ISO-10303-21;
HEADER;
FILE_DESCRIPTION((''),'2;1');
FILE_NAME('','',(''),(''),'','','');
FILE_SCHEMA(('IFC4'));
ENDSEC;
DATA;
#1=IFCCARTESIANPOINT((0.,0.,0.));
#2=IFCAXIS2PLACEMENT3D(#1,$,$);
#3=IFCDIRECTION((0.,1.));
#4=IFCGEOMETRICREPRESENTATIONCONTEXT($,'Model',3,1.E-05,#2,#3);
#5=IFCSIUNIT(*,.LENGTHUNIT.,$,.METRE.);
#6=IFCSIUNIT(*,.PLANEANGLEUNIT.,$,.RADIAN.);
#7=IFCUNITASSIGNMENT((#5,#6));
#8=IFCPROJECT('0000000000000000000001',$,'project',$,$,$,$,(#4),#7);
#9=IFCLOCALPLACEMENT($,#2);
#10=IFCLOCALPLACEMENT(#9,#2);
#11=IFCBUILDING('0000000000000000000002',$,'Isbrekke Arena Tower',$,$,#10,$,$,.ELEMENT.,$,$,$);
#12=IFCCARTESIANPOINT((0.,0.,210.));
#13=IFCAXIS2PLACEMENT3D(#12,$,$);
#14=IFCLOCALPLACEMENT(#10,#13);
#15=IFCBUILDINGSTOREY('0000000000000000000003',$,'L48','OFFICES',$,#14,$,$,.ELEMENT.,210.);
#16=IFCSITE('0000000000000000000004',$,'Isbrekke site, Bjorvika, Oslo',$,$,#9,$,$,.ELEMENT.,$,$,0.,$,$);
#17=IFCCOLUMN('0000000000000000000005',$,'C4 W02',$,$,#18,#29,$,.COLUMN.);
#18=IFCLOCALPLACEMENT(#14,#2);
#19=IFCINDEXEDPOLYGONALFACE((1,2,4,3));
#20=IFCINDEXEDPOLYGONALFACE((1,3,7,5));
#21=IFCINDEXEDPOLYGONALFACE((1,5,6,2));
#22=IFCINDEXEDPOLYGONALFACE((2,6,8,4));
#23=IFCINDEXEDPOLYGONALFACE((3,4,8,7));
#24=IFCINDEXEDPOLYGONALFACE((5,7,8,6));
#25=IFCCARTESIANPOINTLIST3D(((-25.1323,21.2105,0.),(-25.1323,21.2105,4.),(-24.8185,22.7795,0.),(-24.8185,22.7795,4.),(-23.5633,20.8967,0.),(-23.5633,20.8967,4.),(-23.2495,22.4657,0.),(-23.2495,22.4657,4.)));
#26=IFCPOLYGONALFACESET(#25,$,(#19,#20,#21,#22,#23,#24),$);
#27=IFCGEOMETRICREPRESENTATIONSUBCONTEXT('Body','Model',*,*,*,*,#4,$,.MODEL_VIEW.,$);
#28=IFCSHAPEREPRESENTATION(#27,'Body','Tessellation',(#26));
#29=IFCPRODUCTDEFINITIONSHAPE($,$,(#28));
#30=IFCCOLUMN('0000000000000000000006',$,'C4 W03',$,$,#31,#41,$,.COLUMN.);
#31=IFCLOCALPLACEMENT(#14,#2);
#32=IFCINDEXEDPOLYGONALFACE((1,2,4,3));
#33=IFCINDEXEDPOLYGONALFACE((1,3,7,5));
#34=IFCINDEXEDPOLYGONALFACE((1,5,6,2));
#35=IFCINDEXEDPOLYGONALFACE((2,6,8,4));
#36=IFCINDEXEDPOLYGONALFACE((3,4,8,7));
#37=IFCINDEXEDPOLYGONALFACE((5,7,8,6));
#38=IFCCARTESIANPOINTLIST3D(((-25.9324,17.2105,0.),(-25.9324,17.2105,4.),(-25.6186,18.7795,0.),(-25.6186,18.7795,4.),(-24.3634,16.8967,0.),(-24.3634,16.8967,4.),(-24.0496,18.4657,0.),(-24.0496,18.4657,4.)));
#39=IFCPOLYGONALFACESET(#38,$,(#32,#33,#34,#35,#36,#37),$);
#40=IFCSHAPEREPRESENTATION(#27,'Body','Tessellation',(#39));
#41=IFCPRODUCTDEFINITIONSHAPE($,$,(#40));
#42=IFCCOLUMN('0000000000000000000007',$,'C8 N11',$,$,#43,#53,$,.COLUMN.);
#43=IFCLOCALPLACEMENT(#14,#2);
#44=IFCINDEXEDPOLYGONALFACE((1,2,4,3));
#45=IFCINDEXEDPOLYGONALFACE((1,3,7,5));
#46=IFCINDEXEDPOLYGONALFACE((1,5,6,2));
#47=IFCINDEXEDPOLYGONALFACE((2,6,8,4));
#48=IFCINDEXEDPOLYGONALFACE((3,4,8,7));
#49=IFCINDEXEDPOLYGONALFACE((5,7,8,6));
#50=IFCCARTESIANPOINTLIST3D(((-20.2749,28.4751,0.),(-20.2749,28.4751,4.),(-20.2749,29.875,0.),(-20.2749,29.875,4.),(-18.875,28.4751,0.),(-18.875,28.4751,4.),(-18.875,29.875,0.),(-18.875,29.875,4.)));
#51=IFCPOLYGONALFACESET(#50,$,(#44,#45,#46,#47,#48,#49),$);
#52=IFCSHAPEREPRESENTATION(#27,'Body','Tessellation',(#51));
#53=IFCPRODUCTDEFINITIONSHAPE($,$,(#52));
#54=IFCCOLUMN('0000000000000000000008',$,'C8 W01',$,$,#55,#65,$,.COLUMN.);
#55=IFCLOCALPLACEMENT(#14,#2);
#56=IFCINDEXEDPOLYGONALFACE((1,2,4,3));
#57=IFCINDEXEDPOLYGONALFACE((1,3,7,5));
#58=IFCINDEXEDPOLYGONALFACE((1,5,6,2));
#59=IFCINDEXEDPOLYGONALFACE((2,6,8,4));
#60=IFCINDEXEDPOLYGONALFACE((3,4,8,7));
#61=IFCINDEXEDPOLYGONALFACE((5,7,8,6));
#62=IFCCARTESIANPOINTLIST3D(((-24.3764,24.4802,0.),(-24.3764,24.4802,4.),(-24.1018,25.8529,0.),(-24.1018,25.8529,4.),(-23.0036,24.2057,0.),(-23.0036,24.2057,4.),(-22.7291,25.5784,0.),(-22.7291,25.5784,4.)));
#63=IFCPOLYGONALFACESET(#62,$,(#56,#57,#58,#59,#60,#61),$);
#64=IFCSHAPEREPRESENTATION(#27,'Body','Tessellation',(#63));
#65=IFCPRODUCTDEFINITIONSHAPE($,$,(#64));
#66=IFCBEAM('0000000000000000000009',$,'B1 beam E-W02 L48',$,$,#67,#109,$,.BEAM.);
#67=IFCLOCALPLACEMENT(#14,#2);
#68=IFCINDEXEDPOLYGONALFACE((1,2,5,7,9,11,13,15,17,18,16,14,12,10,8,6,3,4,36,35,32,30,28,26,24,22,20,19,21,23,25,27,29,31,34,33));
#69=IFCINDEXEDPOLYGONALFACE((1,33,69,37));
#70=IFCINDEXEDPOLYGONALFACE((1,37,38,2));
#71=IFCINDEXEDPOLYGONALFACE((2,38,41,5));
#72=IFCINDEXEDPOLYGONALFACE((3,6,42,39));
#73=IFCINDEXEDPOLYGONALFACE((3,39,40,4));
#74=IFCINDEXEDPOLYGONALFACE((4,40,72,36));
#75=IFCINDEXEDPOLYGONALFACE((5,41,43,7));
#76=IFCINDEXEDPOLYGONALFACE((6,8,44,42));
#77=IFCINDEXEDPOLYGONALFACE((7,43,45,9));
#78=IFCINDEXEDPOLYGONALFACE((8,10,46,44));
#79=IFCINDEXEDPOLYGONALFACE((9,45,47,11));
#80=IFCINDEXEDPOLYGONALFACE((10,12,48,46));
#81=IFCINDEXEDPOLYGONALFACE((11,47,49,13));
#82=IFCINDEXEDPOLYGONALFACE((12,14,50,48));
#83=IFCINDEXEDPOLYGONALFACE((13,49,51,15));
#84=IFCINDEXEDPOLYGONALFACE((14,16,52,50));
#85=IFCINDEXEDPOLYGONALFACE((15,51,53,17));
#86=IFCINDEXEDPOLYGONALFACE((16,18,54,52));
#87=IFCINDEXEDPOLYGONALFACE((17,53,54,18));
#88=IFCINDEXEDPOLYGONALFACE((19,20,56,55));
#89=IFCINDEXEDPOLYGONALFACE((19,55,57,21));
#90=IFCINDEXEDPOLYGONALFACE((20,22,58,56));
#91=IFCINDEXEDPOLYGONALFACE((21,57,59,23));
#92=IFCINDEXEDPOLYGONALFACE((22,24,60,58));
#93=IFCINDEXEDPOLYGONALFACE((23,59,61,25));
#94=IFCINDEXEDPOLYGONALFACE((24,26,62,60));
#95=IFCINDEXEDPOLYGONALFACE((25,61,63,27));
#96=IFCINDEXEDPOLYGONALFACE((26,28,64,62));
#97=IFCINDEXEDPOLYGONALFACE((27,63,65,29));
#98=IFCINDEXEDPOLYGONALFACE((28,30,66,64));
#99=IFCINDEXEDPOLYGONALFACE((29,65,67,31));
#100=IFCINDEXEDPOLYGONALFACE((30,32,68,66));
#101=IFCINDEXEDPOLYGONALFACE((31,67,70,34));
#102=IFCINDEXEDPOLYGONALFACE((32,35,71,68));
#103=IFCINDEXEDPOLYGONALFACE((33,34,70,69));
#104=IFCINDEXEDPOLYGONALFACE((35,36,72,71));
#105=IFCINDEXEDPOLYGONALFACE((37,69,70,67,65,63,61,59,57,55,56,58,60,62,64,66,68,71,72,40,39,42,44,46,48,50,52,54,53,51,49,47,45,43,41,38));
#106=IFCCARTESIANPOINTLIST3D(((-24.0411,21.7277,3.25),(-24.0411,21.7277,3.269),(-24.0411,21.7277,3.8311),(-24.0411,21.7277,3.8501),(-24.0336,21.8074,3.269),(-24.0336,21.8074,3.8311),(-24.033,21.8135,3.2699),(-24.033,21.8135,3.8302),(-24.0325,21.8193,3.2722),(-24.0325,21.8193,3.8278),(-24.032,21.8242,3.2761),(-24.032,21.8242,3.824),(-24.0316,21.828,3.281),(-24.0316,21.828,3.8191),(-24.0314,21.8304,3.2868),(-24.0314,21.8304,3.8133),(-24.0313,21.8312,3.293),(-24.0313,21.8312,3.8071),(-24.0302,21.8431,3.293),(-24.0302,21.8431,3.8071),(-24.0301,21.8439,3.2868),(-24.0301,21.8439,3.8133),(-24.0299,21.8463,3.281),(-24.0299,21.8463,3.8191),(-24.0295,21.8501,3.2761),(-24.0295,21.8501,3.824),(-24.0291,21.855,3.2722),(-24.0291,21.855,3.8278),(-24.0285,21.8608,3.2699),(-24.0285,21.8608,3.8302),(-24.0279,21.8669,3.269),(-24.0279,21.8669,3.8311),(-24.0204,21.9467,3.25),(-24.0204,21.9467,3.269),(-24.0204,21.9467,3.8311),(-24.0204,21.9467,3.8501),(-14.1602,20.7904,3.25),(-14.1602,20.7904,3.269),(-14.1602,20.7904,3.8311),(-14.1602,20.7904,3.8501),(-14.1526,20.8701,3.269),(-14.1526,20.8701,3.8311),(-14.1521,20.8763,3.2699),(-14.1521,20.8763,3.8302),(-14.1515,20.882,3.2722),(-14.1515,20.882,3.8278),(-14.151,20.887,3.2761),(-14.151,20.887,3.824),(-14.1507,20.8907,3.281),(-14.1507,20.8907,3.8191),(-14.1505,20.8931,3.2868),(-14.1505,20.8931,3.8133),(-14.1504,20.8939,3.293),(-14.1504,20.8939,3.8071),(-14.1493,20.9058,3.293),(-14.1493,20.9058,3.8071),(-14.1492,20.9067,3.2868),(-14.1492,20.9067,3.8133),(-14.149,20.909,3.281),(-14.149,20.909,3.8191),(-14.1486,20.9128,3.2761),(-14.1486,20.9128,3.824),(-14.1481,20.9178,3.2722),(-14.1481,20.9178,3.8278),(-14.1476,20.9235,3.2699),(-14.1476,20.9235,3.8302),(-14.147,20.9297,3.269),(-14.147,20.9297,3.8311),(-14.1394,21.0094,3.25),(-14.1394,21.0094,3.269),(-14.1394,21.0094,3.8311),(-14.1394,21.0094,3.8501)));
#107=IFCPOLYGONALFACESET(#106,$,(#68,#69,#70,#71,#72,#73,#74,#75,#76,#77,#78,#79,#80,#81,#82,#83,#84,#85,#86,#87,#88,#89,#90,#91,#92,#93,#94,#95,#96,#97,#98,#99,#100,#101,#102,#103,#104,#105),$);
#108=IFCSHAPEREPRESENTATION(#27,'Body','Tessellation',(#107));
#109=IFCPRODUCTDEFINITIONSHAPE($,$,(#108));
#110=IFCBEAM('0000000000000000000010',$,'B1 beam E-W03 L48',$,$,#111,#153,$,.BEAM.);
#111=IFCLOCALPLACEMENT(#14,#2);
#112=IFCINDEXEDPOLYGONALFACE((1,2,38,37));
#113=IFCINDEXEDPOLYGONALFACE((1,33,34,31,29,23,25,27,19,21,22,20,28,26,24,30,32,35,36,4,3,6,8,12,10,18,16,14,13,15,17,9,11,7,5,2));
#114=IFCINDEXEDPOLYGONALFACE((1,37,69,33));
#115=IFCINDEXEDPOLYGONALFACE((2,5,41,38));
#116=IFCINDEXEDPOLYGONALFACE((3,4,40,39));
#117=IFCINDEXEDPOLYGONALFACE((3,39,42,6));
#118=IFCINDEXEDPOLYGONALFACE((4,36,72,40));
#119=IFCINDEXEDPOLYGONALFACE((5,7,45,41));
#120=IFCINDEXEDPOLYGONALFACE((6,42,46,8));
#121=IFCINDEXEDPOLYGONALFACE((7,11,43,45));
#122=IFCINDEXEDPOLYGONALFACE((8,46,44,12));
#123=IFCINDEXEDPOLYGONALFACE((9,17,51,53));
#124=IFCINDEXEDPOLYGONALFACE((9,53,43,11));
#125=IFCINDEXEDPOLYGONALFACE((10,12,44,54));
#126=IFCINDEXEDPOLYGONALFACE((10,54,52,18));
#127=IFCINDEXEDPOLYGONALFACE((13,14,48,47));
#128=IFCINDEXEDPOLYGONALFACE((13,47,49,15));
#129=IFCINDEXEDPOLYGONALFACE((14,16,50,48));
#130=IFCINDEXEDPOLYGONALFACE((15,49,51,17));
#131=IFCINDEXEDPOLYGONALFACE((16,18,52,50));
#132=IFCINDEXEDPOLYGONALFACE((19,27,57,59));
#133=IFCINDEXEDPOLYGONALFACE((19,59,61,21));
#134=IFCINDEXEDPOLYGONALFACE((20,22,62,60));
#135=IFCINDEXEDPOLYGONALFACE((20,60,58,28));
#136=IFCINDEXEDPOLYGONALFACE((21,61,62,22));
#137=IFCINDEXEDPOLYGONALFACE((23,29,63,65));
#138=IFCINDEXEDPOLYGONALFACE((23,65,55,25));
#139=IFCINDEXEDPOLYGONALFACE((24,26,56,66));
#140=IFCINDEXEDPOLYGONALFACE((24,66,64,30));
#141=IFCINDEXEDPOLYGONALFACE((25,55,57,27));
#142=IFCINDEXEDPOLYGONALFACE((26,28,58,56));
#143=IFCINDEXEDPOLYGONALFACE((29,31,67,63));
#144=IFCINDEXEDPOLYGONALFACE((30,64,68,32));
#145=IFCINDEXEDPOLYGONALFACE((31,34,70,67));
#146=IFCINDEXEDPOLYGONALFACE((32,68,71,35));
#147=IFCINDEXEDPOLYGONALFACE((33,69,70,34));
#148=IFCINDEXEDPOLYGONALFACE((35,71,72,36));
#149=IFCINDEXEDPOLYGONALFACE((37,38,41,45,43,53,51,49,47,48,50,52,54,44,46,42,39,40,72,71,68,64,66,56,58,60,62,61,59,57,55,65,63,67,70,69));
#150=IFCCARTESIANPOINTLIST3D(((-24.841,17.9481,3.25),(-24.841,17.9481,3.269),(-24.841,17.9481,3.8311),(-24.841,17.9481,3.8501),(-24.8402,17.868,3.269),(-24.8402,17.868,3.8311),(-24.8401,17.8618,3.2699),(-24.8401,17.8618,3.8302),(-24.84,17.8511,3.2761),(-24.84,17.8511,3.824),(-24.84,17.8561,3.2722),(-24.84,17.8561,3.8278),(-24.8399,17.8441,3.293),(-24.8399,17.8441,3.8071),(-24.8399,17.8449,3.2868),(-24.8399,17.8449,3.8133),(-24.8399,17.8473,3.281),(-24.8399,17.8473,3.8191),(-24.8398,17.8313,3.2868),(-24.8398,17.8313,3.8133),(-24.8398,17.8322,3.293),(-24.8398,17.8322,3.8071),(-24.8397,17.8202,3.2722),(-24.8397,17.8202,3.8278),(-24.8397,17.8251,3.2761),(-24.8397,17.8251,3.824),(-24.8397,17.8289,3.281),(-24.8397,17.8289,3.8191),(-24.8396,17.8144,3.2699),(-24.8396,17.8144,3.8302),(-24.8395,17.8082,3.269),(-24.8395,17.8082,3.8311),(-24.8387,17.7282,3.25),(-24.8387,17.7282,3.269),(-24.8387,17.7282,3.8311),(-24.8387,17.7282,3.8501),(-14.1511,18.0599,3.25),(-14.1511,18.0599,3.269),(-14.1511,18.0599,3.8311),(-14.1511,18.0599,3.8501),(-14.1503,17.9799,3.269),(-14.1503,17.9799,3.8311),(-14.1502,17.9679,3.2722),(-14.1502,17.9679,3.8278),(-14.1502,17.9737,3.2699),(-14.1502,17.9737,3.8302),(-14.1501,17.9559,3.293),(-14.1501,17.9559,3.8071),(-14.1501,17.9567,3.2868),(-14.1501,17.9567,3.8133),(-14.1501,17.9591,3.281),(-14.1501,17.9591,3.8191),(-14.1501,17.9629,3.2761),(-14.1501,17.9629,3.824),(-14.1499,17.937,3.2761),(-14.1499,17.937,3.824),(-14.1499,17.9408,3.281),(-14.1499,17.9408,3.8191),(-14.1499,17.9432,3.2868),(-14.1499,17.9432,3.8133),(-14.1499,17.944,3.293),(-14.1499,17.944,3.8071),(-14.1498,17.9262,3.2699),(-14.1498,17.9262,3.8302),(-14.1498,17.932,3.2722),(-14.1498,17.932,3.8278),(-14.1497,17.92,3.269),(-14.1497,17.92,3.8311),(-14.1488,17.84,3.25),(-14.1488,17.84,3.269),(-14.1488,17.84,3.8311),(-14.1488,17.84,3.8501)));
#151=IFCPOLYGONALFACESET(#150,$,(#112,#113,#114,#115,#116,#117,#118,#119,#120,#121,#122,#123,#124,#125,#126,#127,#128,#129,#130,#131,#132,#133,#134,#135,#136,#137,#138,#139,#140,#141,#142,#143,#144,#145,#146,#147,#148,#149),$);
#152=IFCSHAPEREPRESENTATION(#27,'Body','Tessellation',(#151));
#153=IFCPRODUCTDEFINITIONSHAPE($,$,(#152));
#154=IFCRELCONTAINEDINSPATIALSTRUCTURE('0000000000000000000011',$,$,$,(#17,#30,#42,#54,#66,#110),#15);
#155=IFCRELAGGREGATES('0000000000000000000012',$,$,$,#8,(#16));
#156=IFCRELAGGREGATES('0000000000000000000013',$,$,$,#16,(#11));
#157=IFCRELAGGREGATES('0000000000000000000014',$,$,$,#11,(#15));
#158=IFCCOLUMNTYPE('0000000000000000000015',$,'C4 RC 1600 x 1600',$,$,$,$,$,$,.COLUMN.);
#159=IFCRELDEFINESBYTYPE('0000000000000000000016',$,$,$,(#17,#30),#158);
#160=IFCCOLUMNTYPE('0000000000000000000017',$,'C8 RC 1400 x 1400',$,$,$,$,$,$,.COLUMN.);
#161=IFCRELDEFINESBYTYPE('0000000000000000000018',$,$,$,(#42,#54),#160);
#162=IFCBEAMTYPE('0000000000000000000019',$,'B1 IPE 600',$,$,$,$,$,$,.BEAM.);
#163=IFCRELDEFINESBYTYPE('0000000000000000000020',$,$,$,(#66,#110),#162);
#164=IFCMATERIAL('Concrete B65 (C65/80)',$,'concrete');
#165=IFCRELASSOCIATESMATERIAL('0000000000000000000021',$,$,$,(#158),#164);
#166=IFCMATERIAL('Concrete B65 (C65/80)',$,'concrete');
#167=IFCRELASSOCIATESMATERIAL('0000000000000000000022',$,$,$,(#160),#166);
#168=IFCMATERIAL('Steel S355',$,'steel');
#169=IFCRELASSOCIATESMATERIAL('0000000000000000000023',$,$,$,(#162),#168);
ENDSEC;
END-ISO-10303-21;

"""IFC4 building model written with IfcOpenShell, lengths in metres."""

from ifc_helpers import new_model, si_unit, direction, frame, origin, origin_2d, place, context, subcontext, project, spatial, rectangle, i_section, extrude, material, material_profile, profile_set, type_object, element, save


model = new_model("IFC4")

# Units and contexts
model_context = context("Model", 3, precision=1e-05, world=origin(), true_north=direction((0.0, 1.0)))
body_context = subcontext(model_context, "Body", "Model", "MODEL_VIEW")
ifc_project = project(units=[si_unit("LENGTHUNIT", "METRE"), si_unit("PLANEANGLEUNIT", "RADIAN")], contexts=[model_context])

# Site, building, storey
site_placement = place(None, origin())
site = spatial("IfcSite", under=ifc_project, at=site_placement, Name="Isbrekke site, Bjorvika, Oslo", CompositionType="ELEMENT", RefElevation=0.0)
building_placement = place(site_placement, origin())
building = spatial("IfcBuilding", under=site, at=building_placement, Name="Isbrekke Arena Tower", CompositionType="ELEMENT")
storey_placement = place(building_placement, frame((0.0, 0.0, 210.0)))
storey = spatial("IfcBuildingStorey", under=building, at=storey_placement, Name="L48", Description="OFFICES", CompositionType="ELEMENT", Elevation=210.0)

# Columns
ifc_material_1 = material(Name="Concrete B65 (C65/80)", Category="concrete")
ifc_material_profile_1 = material_profile(ifc_material_1, rectangle(XDim=1.6001, YDim=1.6001, at=origin_2d()), Name="RC 1600x1600")
ifc_profile_set_1 = profile_set([ifc_material_profile_1], Name="Concrete B65 (C65/80)")
column_type_1 = type_object("IfcColumnType", Name="C4 RC 1600 x 1600", PredefinedType="COLUMN", material=ifc_profile_set_1)
for number, where, z_axis, x_axis, name in (
    (1, (-24.1909, 21.8381, 0.0), (0.0, 0.0, 1.0), (-0.196116, -0.980581, 0.0), "C4 W02"),
    (2, (-24.991, 17.8381, 0.0), (0.0, 0.0, 1.0), (-0.196116, -0.980581, 0.0), "C4 W03"),
):
    element("IfcColumn", number, at=place(storey_placement, frame(where, z_axis=z_axis, x_axis=x_axis)), inside=storey, type_object=column_type_1, Name=name, PredefinedType="COLUMN", context=body_context, shape_type="SweptSolid", body=[
        extrude(rectangle(XDim=1.6001, YDim=1.6001, at=origin_2d()), origin(), (0.0, 0.0, 1.0), 4.0),
    ])
ifc_material_2 = material(Name="Concrete B65 (C65/80)", Category="concrete")
ifc_material_profile_2 = material_profile(ifc_material_2, rectangle(XDim=1.3999, YDim=1.3999, at=origin_2d()), Name="RC 1400x1400")
ifc_profile_set_2 = profile_set([ifc_material_profile_2], Name="Concrete B65 (C65/80)")
column_type_2 = type_object("IfcColumnType", Name="C8 RC 1400 x 1400", PredefinedType="COLUMN", material=ifc_profile_set_2)
for number, where, z_axis, x_axis, name in (
    (3, (-19.575, 29.175, 0.0), (0.0, 0.0, 1.0), (-1.0, 0.0, 0.0), "C8 N11"),
    (4, (-23.5527, 25.0293, 0.0), (0.0, 0.0, 1.0), (-0.196116, -0.980581, 0.0), "C8 W01"),
):
    element("IfcColumn", number, at=place(storey_placement, frame(where, z_axis=z_axis, x_axis=x_axis)), inside=storey, type_object=column_type_2, Name=name, PredefinedType="COLUMN", context=body_context, shape_type="SweptSolid", body=[
        extrude(rectangle(XDim=1.3999, YDim=1.3999, at=origin_2d()), origin(), (0.0, 0.0, 1.0), 4.0),
    ])

# Beams
ifc_material_3 = material(Name="Steel S355", Category="steel")
ifc_material_profile_3 = material_profile(ifc_material_3, i_section(OverallWidth=0.22, OverallDepth=0.6001, WebThickness=0.012, FlangeThickness=0.019, FilletRadius=0.0239, at=origin_2d()), Name="IPE 600")
ifc_profile_set_3 = profile_set([ifc_material_profile_3], Name="Steel S355")
beam_type_1 = type_object("IfcBeamType", Name="B1 IPE 600", PredefinedType="BEAM", material=ifc_profile_set_3)
beam_1_placement = place(storey_placement, frame((-24.0308, 21.8372, 3.55), z_axis=(0.995531, -0.094432, 0.0), x_axis=(0.094432, 0.995531, 0.0)))
element("IfcBeam", 5, at=beam_1_placement, inside=storey, type_object=beam_type_1, Name="B1 beam E-W02 L48", PredefinedType="BEAM", context=body_context, shape_type="SweptSolid", body=[
    extrude(i_section(OverallWidth=0.22, OverallDepth=0.6001, WebThickness=0.012, FlangeThickness=0.019, FilletRadius=0.0239, at=origin_2d()), origin(), (0.0, 0.0, 1.0), 9.9253),
])
beam_2_placement = place(storey_placement, frame((-24.8398, 17.8381, 3.55), z_axis=(0.999945, 0.010459, 0.0), x_axis=(-0.010459, 0.999945, 0.0)))
element("IfcBeam", 6, at=beam_2_placement, inside=storey, type_object=beam_type_1, Name="B1 beam E-W03 L48", PredefinedType="BEAM", context=body_context, shape_type="SweptSolid", body=[
    extrude(i_section(OverallWidth=0.22, OverallDepth=0.6001, WebThickness=0.012, FlangeThickness=0.019, FilletRadius=0.0239, at=origin_2d()), origin(), (0.0, 0.0, 1.0), 10.6904),
])

save(model, "model.ifc")
